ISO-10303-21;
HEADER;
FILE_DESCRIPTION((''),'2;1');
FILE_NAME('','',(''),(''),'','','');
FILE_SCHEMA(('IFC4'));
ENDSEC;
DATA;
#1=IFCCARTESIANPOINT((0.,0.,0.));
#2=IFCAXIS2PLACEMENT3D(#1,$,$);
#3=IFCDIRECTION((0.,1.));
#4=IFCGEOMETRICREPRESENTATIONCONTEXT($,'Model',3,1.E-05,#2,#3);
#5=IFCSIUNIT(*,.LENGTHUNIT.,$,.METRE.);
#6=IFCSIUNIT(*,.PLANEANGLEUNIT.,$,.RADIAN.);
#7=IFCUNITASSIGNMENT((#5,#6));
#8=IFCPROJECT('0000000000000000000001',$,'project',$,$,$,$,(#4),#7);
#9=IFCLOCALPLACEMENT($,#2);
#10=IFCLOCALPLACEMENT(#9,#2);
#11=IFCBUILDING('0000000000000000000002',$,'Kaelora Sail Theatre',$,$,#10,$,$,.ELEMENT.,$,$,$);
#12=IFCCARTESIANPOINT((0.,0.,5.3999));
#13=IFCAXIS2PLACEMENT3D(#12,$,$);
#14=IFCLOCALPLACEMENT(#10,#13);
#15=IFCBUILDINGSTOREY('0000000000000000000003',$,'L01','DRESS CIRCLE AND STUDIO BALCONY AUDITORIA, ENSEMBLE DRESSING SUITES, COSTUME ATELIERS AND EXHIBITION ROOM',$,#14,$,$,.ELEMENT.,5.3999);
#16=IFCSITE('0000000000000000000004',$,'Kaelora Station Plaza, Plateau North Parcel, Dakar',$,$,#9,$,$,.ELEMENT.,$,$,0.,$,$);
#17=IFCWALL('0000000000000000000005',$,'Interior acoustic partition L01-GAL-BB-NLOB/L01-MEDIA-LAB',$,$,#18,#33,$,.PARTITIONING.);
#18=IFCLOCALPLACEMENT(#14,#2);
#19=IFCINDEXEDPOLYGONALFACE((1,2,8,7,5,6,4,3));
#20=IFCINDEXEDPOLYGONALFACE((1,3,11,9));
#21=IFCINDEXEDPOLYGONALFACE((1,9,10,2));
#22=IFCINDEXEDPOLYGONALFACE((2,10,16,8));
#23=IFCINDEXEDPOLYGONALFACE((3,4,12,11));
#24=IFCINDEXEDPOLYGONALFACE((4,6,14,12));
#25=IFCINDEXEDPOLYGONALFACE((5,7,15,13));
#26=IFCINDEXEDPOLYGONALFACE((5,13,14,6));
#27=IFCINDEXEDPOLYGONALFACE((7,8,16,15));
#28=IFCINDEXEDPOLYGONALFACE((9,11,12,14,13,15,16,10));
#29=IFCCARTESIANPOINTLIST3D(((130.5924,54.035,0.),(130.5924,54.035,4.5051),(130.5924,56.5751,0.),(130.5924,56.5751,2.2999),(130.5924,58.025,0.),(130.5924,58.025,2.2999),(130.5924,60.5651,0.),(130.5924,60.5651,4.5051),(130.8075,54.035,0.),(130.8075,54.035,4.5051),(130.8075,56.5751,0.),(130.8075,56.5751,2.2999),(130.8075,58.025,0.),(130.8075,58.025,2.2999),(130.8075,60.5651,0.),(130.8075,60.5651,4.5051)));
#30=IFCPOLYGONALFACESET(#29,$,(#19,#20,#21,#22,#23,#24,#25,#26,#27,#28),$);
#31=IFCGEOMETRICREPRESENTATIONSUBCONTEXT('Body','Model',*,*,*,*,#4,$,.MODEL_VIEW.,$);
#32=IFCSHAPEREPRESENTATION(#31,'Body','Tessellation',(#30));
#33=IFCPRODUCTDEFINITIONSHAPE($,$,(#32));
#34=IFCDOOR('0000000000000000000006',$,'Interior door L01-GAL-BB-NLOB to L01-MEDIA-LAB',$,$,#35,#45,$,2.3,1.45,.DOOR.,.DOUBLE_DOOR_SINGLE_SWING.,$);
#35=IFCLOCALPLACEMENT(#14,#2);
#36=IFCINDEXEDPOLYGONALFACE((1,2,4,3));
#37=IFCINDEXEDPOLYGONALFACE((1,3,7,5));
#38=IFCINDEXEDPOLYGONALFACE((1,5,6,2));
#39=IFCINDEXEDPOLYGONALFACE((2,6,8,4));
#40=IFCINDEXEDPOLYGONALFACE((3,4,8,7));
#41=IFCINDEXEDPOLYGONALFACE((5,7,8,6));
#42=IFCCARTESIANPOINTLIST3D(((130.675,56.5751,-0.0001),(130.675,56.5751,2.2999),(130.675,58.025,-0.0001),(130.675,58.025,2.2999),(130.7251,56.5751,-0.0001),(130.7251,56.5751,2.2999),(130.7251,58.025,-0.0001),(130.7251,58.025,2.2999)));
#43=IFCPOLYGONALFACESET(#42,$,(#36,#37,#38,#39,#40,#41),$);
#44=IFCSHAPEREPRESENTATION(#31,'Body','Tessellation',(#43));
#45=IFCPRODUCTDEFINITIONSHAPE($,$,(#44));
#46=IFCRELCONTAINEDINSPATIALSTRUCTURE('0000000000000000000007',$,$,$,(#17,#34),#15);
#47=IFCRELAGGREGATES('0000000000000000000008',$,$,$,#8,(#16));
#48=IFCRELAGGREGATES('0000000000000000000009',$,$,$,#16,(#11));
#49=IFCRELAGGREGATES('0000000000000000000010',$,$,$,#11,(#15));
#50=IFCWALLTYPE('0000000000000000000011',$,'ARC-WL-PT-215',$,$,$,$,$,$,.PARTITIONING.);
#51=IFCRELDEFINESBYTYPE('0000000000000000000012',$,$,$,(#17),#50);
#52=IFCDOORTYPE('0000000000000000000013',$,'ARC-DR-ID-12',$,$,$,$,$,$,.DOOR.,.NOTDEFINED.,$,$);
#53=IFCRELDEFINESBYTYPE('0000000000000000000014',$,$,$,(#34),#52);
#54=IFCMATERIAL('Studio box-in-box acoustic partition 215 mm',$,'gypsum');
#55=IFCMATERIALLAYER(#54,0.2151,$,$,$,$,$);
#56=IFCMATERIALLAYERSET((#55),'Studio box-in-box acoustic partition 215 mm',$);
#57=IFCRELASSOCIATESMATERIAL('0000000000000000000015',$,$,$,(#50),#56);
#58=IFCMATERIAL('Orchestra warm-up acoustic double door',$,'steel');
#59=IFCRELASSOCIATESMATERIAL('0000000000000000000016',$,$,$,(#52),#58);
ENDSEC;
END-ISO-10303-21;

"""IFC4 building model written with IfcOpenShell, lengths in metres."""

from ifc_helpers import new_model, si_unit, direction, frame, frame_2d, origin, place, context, subcontext, project, spatial, rectangle, extrude, material, layer, layer_set, type_object, element, fill, save


model = new_model("IFC4")

# Units and contexts
model_context = context("Model", 3, precision=1e-05, world=origin(), true_north=direction((0.0, 1.0)))
body_context = subcontext(model_context, "Body", "Model", "MODEL_VIEW")
ifc_project = project(units=[si_unit("LENGTHUNIT", "METRE"), si_unit("PLANEANGLEUNIT", "RADIAN")], contexts=[model_context])

# Site, building, storey
site_placement = place(None, origin())
site = spatial("IfcSite", under=ifc_project, at=site_placement, Name="Kaelora Station Plaza, Plateau North Parcel, Dakar", CompositionType="ELEMENT", RefElevation=0.0)
building_placement = place(site_placement, origin())
building = spatial("IfcBuilding", under=site, at=building_placement, Name="Kaelora Sail Theatre", CompositionType="ELEMENT")
storey_placement = place(building_placement, frame((0.0, 0.0, 5.3999)))
storey = spatial("IfcBuildingStorey", under=building, at=storey_placement, Name="L01", Description="DRESS CIRCLE AND STUDIO BALCONY AUDITORIA, ENSEMBLE DRESSING SUITES, COSTUME ATELIERS AND EXHIBITION ROOM", CompositionType="ELEMENT", Elevation=5.3999)

# Wall, opening, door
ifc_material_1 = material(Name="Studio box-in-box acoustic partition 215 mm", Category="gypsum")
ifc_layer_1 = layer(ifc_material_1, 0.2151)
ifc_layer_set_1 = layer_set([ifc_layer_1], Name="Studio box-in-box acoustic partition 215 mm")
wall_type_1 = type_object("IfcWallType", Name="ARC-WL-PT-215", PredefinedType="PARTITIONING", material=ifc_layer_set_1)
wall_1_placement = place(storey_placement, frame((130.7, 54.0349, 0.0), z_axis=(0.0, 0.0, 1.0), x_axis=(0.0, 1.0, 0.0)))
wall_1 = element("IfcWall", 1, at=wall_1_placement, inside=storey, type_object=wall_type_1, Name="Interior acoustic partition L01-GAL-BB-NLOB/L01-MEDIA-LAB", PredefinedType="PARTITIONING", context=body_context, shape_type="SweptSolid", body=[
    extrude(rectangle(XDim=6.53, YDim=0.2151, at=frame_2d((3.2651, 0.0))), origin(), (0.0, 0.0, 1.0), 4.5051),
])
opening_1_placement = place(wall_1_placement, frame((2.54, 0.0, 0.0)))
opening_1 = element("IfcOpeningElement", 2, at=opening_1_placement, cuts=wall_1, PredefinedType="OPENING", context=body_context, shape_type="SweptSolid", body=[
    extrude(rectangle(XDim=1.45, YDim=2.3, at=frame_2d((0.7251, 1.1499))), frame((0.0, 0.1174, 0.0), z_axis=(0.0, -1.0, 0.0), x_axis=(1.0, 0.0, 0.0)), (0.0, 0.0, 1.0), 0.2351),
])
ifc_material_2 = material(Name="Orchestra warm-up acoustic double door", Category="steel")
door_type_1 = type_object("IfcDoorType", Name="ARC-DR-ID-12", OperationType="NOTDEFINED", PredefinedType="DOOR", material=ifc_material_2)
door_1_placement = place(opening_1_placement, origin())
door_1 = element("IfcDoor", 3, at=door_1_placement, inside=storey, type_object=door_type_1, Name="Interior door L01-GAL-BB-NLOB to L01-MEDIA-LAB", OperationType="DOUBLE_DOOR_SINGLE_SWING", OverallHeight=2.3, OverallWidth=1.45, PredefinedType="DOOR", context=body_context, shape_type="SweptSolid", body=[
    extrude(rectangle(XDim=1.45, YDim=2.3, at=frame_2d((0.7251, 1.1499))), frame((0.0, 0.0249, 0.0), z_axis=(0.0, -1.0, 0.0), x_axis=(1.0, 0.0, 0.0)), (0.0, 0.0, 1.0), 0.05),
])
fill(opening_1, door_1)

save(model, "model.ifc")
